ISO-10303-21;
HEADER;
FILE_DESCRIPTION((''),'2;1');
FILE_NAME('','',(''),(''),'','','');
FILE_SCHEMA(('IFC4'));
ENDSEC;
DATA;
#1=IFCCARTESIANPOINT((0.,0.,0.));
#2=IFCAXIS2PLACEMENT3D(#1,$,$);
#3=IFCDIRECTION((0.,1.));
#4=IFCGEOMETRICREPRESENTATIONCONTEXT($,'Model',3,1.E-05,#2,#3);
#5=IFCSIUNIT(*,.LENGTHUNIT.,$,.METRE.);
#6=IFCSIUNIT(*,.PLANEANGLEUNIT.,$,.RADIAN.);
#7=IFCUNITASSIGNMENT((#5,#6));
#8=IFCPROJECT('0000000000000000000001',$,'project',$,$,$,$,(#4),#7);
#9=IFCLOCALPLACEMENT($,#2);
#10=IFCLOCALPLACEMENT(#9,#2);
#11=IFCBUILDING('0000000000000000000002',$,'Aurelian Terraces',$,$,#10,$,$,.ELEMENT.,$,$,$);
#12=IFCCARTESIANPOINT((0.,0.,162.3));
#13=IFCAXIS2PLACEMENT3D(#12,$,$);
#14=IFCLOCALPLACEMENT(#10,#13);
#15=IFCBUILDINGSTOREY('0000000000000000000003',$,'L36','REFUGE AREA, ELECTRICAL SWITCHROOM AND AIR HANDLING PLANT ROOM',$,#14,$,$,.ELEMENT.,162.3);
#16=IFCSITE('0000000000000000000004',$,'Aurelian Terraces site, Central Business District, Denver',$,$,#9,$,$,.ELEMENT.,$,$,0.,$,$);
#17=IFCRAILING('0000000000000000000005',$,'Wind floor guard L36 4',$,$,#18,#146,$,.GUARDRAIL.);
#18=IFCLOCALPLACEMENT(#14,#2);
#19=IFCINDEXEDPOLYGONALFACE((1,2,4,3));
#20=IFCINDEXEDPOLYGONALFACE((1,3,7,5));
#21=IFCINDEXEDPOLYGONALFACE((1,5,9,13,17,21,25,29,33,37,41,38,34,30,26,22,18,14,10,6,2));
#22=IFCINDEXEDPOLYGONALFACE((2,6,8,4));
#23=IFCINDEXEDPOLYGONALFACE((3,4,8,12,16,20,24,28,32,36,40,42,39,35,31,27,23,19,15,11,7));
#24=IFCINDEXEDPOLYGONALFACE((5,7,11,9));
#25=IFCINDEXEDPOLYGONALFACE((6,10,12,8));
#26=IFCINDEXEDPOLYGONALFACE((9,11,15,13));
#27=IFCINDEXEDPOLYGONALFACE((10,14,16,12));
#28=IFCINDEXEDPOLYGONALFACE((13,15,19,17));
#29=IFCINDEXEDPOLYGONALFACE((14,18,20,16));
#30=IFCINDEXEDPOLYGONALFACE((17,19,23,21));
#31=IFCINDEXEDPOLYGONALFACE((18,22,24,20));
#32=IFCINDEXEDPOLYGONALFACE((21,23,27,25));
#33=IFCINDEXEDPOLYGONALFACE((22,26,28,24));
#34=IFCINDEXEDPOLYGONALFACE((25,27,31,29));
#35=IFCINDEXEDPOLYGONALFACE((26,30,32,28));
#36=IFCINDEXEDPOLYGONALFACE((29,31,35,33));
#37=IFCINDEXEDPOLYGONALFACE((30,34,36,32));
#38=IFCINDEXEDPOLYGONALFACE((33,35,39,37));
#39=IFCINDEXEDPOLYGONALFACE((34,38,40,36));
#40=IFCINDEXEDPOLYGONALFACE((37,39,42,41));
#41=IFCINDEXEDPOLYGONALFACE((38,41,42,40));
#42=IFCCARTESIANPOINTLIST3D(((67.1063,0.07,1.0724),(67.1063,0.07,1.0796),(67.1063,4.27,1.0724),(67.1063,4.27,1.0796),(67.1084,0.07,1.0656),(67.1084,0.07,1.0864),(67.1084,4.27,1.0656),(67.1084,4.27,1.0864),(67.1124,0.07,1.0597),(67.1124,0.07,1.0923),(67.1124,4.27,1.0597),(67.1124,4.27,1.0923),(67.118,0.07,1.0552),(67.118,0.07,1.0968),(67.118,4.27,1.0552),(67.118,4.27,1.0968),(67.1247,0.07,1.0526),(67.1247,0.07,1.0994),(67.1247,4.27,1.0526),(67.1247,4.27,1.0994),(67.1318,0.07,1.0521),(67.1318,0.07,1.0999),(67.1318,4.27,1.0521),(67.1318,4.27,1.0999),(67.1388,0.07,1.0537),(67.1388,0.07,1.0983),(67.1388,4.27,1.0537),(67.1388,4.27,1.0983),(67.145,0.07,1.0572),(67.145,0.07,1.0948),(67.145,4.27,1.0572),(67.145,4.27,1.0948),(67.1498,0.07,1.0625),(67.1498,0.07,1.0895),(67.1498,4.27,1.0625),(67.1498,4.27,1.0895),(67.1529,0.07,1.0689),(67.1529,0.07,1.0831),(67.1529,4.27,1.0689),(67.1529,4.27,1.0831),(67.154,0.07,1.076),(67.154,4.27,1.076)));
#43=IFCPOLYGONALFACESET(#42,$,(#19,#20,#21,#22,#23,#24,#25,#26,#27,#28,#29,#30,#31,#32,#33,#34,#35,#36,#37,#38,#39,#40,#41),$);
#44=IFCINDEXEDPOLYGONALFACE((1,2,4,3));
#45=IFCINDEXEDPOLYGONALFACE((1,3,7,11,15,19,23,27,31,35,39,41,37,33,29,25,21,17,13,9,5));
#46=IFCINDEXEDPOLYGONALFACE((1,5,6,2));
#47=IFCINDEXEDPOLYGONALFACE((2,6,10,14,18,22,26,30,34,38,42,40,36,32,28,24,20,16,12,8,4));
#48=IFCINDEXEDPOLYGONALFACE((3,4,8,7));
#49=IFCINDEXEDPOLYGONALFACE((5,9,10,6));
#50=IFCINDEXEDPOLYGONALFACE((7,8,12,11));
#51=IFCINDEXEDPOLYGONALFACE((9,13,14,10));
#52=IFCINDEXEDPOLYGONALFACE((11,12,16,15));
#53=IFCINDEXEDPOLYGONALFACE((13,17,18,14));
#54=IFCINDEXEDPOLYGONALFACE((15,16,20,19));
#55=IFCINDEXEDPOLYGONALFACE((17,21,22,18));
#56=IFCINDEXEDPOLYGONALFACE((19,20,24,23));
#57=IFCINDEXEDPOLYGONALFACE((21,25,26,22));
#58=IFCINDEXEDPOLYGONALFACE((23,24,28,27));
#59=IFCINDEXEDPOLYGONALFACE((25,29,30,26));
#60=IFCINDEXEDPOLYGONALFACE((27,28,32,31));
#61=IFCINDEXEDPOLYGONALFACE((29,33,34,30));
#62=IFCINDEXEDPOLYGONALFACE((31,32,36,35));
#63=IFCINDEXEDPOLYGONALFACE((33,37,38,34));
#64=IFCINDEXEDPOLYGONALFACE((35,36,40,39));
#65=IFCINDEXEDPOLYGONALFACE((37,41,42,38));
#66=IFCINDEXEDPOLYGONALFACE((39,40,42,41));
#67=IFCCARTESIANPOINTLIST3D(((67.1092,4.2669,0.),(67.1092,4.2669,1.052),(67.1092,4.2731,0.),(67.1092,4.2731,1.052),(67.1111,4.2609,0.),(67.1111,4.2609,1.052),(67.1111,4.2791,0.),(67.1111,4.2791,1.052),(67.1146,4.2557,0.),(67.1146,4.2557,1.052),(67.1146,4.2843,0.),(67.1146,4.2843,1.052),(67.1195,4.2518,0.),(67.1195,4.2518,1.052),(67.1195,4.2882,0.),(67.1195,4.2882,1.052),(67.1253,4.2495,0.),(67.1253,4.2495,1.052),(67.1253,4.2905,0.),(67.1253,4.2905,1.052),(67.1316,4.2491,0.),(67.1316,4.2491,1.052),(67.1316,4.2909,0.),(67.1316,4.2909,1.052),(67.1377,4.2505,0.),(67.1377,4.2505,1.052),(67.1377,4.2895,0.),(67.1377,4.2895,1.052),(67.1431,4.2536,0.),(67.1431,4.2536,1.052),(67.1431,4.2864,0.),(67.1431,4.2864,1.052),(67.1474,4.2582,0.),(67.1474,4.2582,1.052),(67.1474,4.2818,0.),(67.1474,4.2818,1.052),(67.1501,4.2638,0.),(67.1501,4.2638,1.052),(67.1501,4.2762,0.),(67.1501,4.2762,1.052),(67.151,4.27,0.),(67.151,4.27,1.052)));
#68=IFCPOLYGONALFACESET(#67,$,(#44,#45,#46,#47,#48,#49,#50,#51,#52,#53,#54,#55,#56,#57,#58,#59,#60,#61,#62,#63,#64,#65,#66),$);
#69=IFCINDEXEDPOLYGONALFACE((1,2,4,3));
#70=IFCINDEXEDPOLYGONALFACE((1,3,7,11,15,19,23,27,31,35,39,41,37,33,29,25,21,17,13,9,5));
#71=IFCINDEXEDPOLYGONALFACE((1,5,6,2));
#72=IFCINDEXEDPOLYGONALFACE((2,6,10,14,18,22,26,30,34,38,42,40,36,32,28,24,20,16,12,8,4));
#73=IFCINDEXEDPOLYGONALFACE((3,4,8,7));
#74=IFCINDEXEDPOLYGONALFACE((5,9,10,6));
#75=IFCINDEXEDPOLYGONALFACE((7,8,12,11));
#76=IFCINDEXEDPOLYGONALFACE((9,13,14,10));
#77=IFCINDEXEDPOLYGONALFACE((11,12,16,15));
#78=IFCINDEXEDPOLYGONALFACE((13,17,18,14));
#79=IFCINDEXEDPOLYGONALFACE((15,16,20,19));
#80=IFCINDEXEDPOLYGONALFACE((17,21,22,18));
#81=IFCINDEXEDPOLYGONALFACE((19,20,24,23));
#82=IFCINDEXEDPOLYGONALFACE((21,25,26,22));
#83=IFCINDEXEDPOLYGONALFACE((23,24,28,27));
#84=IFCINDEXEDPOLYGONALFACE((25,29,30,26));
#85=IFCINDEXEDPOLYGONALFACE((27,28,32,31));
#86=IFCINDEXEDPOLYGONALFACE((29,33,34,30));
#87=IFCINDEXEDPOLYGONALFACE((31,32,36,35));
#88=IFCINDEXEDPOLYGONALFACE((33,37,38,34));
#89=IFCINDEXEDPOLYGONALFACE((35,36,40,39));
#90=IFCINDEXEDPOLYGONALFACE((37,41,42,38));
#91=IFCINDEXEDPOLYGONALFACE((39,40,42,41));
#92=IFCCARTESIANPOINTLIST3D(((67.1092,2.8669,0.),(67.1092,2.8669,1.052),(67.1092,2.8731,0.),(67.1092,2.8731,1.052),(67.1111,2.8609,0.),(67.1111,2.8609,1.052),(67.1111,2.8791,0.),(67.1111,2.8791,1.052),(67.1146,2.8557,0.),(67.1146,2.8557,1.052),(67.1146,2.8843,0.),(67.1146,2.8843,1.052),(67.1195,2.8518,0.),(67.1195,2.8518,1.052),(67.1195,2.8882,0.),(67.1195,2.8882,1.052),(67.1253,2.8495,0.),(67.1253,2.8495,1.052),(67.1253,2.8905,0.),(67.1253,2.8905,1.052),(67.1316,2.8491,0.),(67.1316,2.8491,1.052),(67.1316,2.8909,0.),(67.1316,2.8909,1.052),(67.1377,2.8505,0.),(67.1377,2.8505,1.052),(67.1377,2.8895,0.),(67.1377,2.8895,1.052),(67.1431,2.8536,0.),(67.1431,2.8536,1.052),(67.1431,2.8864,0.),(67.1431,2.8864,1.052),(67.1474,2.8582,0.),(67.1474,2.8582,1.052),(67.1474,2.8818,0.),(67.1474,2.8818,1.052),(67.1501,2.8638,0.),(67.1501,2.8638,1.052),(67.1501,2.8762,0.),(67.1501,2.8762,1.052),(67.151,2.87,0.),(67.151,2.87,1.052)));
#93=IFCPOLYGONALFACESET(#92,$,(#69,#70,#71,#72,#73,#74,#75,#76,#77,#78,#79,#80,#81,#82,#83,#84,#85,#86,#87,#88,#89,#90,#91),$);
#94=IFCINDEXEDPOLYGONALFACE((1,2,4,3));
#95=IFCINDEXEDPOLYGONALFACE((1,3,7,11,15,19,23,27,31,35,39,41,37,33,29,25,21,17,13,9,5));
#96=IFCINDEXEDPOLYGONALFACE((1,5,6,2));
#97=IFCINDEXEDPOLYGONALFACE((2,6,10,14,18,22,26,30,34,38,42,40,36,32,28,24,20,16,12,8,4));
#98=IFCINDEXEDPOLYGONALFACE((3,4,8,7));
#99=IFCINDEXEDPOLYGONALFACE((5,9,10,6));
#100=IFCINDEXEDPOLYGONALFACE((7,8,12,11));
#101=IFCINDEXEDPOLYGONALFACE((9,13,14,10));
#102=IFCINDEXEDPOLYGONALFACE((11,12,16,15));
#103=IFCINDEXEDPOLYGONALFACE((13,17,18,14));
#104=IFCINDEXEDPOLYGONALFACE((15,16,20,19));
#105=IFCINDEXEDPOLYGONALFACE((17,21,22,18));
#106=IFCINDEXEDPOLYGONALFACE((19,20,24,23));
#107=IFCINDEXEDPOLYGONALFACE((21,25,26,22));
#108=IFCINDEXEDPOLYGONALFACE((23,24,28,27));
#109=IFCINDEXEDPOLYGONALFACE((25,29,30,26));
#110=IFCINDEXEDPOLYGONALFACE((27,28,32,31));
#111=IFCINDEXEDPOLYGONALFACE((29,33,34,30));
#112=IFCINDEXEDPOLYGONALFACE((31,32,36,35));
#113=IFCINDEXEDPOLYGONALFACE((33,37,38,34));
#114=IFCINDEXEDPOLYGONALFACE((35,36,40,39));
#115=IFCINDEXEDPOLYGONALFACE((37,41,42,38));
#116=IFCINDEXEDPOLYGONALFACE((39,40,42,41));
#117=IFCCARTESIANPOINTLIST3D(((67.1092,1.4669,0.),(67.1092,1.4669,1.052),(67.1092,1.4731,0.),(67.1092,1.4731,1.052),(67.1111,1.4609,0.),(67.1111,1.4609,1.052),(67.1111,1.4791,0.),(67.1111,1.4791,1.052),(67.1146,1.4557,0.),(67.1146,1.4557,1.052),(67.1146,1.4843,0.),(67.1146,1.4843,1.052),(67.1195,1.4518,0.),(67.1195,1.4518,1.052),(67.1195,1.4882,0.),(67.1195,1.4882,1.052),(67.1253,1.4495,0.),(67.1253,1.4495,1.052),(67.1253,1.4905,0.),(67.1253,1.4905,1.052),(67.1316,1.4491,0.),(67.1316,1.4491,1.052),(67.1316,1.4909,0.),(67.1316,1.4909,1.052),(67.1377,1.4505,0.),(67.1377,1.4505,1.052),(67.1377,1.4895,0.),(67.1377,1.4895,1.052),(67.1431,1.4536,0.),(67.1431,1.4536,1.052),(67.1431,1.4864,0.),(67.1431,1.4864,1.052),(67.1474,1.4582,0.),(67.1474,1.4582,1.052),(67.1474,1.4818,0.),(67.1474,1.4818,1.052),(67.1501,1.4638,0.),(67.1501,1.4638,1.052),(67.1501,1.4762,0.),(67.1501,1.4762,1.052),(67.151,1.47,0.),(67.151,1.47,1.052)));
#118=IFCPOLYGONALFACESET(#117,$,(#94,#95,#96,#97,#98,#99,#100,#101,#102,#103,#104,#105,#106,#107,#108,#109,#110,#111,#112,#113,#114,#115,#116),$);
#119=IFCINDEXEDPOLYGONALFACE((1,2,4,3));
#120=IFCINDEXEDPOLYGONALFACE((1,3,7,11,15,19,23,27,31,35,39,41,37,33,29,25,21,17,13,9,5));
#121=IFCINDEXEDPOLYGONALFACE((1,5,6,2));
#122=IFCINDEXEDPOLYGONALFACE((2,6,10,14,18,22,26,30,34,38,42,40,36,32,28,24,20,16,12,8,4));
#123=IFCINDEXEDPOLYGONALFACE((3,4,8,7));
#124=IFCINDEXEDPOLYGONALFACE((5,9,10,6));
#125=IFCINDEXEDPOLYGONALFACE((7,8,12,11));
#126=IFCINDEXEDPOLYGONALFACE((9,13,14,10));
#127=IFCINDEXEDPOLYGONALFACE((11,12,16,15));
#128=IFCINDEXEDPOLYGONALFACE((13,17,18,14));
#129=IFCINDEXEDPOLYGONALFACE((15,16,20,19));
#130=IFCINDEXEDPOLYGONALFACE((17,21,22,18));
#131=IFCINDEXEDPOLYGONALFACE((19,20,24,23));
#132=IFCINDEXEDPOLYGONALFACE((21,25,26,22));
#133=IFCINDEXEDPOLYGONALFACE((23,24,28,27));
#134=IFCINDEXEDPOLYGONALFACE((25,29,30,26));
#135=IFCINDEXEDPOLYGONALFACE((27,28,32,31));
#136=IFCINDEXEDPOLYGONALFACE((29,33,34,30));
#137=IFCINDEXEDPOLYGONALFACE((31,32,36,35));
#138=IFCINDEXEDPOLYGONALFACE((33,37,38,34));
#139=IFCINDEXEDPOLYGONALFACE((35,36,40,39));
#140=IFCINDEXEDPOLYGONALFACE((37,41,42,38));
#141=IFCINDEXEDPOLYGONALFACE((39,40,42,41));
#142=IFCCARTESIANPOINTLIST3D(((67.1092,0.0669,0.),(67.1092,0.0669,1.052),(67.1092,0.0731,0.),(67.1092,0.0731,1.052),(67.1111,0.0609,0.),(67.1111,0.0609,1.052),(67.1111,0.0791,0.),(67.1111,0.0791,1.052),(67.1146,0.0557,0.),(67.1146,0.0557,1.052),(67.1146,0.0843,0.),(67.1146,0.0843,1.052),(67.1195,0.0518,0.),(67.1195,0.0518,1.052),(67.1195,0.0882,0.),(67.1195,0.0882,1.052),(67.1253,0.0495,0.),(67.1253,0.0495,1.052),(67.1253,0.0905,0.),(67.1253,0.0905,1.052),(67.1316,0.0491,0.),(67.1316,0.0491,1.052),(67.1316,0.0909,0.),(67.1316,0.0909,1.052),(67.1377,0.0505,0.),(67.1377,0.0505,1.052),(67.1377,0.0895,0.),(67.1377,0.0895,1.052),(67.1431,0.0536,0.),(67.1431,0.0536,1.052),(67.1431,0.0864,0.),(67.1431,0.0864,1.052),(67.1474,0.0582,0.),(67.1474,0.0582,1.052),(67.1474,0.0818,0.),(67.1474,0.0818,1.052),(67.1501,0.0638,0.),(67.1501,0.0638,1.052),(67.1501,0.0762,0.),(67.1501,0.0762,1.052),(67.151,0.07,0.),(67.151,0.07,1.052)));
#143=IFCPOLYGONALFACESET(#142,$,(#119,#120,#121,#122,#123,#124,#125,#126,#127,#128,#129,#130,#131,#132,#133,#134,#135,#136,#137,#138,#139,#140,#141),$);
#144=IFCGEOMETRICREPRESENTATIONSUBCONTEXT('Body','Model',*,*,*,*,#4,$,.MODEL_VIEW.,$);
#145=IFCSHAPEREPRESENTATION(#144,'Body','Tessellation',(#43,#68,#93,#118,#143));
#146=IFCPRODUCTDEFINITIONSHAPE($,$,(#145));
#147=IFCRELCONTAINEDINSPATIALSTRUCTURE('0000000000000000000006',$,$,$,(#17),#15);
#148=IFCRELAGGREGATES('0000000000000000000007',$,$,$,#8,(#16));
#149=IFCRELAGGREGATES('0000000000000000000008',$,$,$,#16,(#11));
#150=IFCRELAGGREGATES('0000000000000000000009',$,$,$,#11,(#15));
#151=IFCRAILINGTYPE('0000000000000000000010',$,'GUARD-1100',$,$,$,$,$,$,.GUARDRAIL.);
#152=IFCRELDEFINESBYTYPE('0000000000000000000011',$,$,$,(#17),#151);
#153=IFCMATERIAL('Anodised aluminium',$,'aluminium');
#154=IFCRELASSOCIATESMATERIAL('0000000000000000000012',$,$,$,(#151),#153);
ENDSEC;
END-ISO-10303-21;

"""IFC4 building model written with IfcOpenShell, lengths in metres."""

from ifc_helpers import new_model, si_unit, direction, frame, origin, origin_2d, place, context, subcontext, project, spatial, circle, extrude, material, type_object, element, save


model = new_model("IFC4")

# Units and contexts
model_context = context("Model", 3, precision=1e-05, world=origin(), true_north=direction((0.0, 1.0)))
body_context = subcontext(model_context, "Body", "Model", "MODEL_VIEW")
ifc_project = project(units=[si_unit("LENGTHUNIT", "METRE"), si_unit("PLANEANGLEUNIT", "RADIAN")], contexts=[model_context])

# Site, building, storey
site_placement = place(None, origin())
site = spatial("IfcSite", under=ifc_project, at=site_placement, Name="Aurelian Terraces site, Central Business District, Denver", CompositionType="ELEMENT", RefElevation=0.0)
building_placement = place(site_placement, origin())
building = spatial("IfcBuilding", under=site, at=building_placement, Name="Aurelian Terraces", CompositionType="ELEMENT")
storey_placement = place(building_placement, frame((0.0, 0.0, 162.3)))
storey = spatial("IfcBuildingStorey", under=building, at=storey_placement, Name="L36", Description="REFUGE AREA, ELECTRICAL SWITCHROOM AND AIR HANDLING PLANT ROOM", CompositionType="ELEMENT", Elevation=162.3)

# Railing
ifc_material_1 = material(Name="Anodised aluminium", Category="aluminium")
railing_type = type_object("IfcRailingType", Name="GUARD-1100", PredefinedType="GUARDRAIL", material=ifc_material_1)
railing_1_placement = place(storey_placement, frame((67.13, 4.27, 0.0)))
element("IfcRailing", 1, at=railing_1_placement, inside=storey, type_object=railing_type, Name="Wind floor guard L36 4", PredefinedType="GUARDRAIL", context=body_context, shape_type="SweptSolid", body=[
    extrude(circle(Radius=0.024, at=origin_2d()), frame((0.0, 0.0, 1.076), z_axis=(0.0, -1.0, 0.0), x_axis=(1.0, 0.0, 0.0)), (0.0, 0.0, 1.0), 4.2),
    extrude(circle(Radius=0.021, at=origin_2d()), origin(), (0.0, 0.0, 1.0), 1.052),
    extrude(circle(Radius=0.021, at=origin_2d()), frame((0.0, -1.4, 0.0)), (0.0, 0.0, 1.0), 1.052),
    extrude(circle(Radius=0.021, at=origin_2d()), frame((0.0, -2.8, 0.0)), (0.0, 0.0, 1.0), 1.052),
    extrude(circle(Radius=0.021, at=origin_2d()), frame((0.0, -4.2, 0.0)), (0.0, 0.0, 1.0), 1.052),
])

save(model, "model.ifc")
